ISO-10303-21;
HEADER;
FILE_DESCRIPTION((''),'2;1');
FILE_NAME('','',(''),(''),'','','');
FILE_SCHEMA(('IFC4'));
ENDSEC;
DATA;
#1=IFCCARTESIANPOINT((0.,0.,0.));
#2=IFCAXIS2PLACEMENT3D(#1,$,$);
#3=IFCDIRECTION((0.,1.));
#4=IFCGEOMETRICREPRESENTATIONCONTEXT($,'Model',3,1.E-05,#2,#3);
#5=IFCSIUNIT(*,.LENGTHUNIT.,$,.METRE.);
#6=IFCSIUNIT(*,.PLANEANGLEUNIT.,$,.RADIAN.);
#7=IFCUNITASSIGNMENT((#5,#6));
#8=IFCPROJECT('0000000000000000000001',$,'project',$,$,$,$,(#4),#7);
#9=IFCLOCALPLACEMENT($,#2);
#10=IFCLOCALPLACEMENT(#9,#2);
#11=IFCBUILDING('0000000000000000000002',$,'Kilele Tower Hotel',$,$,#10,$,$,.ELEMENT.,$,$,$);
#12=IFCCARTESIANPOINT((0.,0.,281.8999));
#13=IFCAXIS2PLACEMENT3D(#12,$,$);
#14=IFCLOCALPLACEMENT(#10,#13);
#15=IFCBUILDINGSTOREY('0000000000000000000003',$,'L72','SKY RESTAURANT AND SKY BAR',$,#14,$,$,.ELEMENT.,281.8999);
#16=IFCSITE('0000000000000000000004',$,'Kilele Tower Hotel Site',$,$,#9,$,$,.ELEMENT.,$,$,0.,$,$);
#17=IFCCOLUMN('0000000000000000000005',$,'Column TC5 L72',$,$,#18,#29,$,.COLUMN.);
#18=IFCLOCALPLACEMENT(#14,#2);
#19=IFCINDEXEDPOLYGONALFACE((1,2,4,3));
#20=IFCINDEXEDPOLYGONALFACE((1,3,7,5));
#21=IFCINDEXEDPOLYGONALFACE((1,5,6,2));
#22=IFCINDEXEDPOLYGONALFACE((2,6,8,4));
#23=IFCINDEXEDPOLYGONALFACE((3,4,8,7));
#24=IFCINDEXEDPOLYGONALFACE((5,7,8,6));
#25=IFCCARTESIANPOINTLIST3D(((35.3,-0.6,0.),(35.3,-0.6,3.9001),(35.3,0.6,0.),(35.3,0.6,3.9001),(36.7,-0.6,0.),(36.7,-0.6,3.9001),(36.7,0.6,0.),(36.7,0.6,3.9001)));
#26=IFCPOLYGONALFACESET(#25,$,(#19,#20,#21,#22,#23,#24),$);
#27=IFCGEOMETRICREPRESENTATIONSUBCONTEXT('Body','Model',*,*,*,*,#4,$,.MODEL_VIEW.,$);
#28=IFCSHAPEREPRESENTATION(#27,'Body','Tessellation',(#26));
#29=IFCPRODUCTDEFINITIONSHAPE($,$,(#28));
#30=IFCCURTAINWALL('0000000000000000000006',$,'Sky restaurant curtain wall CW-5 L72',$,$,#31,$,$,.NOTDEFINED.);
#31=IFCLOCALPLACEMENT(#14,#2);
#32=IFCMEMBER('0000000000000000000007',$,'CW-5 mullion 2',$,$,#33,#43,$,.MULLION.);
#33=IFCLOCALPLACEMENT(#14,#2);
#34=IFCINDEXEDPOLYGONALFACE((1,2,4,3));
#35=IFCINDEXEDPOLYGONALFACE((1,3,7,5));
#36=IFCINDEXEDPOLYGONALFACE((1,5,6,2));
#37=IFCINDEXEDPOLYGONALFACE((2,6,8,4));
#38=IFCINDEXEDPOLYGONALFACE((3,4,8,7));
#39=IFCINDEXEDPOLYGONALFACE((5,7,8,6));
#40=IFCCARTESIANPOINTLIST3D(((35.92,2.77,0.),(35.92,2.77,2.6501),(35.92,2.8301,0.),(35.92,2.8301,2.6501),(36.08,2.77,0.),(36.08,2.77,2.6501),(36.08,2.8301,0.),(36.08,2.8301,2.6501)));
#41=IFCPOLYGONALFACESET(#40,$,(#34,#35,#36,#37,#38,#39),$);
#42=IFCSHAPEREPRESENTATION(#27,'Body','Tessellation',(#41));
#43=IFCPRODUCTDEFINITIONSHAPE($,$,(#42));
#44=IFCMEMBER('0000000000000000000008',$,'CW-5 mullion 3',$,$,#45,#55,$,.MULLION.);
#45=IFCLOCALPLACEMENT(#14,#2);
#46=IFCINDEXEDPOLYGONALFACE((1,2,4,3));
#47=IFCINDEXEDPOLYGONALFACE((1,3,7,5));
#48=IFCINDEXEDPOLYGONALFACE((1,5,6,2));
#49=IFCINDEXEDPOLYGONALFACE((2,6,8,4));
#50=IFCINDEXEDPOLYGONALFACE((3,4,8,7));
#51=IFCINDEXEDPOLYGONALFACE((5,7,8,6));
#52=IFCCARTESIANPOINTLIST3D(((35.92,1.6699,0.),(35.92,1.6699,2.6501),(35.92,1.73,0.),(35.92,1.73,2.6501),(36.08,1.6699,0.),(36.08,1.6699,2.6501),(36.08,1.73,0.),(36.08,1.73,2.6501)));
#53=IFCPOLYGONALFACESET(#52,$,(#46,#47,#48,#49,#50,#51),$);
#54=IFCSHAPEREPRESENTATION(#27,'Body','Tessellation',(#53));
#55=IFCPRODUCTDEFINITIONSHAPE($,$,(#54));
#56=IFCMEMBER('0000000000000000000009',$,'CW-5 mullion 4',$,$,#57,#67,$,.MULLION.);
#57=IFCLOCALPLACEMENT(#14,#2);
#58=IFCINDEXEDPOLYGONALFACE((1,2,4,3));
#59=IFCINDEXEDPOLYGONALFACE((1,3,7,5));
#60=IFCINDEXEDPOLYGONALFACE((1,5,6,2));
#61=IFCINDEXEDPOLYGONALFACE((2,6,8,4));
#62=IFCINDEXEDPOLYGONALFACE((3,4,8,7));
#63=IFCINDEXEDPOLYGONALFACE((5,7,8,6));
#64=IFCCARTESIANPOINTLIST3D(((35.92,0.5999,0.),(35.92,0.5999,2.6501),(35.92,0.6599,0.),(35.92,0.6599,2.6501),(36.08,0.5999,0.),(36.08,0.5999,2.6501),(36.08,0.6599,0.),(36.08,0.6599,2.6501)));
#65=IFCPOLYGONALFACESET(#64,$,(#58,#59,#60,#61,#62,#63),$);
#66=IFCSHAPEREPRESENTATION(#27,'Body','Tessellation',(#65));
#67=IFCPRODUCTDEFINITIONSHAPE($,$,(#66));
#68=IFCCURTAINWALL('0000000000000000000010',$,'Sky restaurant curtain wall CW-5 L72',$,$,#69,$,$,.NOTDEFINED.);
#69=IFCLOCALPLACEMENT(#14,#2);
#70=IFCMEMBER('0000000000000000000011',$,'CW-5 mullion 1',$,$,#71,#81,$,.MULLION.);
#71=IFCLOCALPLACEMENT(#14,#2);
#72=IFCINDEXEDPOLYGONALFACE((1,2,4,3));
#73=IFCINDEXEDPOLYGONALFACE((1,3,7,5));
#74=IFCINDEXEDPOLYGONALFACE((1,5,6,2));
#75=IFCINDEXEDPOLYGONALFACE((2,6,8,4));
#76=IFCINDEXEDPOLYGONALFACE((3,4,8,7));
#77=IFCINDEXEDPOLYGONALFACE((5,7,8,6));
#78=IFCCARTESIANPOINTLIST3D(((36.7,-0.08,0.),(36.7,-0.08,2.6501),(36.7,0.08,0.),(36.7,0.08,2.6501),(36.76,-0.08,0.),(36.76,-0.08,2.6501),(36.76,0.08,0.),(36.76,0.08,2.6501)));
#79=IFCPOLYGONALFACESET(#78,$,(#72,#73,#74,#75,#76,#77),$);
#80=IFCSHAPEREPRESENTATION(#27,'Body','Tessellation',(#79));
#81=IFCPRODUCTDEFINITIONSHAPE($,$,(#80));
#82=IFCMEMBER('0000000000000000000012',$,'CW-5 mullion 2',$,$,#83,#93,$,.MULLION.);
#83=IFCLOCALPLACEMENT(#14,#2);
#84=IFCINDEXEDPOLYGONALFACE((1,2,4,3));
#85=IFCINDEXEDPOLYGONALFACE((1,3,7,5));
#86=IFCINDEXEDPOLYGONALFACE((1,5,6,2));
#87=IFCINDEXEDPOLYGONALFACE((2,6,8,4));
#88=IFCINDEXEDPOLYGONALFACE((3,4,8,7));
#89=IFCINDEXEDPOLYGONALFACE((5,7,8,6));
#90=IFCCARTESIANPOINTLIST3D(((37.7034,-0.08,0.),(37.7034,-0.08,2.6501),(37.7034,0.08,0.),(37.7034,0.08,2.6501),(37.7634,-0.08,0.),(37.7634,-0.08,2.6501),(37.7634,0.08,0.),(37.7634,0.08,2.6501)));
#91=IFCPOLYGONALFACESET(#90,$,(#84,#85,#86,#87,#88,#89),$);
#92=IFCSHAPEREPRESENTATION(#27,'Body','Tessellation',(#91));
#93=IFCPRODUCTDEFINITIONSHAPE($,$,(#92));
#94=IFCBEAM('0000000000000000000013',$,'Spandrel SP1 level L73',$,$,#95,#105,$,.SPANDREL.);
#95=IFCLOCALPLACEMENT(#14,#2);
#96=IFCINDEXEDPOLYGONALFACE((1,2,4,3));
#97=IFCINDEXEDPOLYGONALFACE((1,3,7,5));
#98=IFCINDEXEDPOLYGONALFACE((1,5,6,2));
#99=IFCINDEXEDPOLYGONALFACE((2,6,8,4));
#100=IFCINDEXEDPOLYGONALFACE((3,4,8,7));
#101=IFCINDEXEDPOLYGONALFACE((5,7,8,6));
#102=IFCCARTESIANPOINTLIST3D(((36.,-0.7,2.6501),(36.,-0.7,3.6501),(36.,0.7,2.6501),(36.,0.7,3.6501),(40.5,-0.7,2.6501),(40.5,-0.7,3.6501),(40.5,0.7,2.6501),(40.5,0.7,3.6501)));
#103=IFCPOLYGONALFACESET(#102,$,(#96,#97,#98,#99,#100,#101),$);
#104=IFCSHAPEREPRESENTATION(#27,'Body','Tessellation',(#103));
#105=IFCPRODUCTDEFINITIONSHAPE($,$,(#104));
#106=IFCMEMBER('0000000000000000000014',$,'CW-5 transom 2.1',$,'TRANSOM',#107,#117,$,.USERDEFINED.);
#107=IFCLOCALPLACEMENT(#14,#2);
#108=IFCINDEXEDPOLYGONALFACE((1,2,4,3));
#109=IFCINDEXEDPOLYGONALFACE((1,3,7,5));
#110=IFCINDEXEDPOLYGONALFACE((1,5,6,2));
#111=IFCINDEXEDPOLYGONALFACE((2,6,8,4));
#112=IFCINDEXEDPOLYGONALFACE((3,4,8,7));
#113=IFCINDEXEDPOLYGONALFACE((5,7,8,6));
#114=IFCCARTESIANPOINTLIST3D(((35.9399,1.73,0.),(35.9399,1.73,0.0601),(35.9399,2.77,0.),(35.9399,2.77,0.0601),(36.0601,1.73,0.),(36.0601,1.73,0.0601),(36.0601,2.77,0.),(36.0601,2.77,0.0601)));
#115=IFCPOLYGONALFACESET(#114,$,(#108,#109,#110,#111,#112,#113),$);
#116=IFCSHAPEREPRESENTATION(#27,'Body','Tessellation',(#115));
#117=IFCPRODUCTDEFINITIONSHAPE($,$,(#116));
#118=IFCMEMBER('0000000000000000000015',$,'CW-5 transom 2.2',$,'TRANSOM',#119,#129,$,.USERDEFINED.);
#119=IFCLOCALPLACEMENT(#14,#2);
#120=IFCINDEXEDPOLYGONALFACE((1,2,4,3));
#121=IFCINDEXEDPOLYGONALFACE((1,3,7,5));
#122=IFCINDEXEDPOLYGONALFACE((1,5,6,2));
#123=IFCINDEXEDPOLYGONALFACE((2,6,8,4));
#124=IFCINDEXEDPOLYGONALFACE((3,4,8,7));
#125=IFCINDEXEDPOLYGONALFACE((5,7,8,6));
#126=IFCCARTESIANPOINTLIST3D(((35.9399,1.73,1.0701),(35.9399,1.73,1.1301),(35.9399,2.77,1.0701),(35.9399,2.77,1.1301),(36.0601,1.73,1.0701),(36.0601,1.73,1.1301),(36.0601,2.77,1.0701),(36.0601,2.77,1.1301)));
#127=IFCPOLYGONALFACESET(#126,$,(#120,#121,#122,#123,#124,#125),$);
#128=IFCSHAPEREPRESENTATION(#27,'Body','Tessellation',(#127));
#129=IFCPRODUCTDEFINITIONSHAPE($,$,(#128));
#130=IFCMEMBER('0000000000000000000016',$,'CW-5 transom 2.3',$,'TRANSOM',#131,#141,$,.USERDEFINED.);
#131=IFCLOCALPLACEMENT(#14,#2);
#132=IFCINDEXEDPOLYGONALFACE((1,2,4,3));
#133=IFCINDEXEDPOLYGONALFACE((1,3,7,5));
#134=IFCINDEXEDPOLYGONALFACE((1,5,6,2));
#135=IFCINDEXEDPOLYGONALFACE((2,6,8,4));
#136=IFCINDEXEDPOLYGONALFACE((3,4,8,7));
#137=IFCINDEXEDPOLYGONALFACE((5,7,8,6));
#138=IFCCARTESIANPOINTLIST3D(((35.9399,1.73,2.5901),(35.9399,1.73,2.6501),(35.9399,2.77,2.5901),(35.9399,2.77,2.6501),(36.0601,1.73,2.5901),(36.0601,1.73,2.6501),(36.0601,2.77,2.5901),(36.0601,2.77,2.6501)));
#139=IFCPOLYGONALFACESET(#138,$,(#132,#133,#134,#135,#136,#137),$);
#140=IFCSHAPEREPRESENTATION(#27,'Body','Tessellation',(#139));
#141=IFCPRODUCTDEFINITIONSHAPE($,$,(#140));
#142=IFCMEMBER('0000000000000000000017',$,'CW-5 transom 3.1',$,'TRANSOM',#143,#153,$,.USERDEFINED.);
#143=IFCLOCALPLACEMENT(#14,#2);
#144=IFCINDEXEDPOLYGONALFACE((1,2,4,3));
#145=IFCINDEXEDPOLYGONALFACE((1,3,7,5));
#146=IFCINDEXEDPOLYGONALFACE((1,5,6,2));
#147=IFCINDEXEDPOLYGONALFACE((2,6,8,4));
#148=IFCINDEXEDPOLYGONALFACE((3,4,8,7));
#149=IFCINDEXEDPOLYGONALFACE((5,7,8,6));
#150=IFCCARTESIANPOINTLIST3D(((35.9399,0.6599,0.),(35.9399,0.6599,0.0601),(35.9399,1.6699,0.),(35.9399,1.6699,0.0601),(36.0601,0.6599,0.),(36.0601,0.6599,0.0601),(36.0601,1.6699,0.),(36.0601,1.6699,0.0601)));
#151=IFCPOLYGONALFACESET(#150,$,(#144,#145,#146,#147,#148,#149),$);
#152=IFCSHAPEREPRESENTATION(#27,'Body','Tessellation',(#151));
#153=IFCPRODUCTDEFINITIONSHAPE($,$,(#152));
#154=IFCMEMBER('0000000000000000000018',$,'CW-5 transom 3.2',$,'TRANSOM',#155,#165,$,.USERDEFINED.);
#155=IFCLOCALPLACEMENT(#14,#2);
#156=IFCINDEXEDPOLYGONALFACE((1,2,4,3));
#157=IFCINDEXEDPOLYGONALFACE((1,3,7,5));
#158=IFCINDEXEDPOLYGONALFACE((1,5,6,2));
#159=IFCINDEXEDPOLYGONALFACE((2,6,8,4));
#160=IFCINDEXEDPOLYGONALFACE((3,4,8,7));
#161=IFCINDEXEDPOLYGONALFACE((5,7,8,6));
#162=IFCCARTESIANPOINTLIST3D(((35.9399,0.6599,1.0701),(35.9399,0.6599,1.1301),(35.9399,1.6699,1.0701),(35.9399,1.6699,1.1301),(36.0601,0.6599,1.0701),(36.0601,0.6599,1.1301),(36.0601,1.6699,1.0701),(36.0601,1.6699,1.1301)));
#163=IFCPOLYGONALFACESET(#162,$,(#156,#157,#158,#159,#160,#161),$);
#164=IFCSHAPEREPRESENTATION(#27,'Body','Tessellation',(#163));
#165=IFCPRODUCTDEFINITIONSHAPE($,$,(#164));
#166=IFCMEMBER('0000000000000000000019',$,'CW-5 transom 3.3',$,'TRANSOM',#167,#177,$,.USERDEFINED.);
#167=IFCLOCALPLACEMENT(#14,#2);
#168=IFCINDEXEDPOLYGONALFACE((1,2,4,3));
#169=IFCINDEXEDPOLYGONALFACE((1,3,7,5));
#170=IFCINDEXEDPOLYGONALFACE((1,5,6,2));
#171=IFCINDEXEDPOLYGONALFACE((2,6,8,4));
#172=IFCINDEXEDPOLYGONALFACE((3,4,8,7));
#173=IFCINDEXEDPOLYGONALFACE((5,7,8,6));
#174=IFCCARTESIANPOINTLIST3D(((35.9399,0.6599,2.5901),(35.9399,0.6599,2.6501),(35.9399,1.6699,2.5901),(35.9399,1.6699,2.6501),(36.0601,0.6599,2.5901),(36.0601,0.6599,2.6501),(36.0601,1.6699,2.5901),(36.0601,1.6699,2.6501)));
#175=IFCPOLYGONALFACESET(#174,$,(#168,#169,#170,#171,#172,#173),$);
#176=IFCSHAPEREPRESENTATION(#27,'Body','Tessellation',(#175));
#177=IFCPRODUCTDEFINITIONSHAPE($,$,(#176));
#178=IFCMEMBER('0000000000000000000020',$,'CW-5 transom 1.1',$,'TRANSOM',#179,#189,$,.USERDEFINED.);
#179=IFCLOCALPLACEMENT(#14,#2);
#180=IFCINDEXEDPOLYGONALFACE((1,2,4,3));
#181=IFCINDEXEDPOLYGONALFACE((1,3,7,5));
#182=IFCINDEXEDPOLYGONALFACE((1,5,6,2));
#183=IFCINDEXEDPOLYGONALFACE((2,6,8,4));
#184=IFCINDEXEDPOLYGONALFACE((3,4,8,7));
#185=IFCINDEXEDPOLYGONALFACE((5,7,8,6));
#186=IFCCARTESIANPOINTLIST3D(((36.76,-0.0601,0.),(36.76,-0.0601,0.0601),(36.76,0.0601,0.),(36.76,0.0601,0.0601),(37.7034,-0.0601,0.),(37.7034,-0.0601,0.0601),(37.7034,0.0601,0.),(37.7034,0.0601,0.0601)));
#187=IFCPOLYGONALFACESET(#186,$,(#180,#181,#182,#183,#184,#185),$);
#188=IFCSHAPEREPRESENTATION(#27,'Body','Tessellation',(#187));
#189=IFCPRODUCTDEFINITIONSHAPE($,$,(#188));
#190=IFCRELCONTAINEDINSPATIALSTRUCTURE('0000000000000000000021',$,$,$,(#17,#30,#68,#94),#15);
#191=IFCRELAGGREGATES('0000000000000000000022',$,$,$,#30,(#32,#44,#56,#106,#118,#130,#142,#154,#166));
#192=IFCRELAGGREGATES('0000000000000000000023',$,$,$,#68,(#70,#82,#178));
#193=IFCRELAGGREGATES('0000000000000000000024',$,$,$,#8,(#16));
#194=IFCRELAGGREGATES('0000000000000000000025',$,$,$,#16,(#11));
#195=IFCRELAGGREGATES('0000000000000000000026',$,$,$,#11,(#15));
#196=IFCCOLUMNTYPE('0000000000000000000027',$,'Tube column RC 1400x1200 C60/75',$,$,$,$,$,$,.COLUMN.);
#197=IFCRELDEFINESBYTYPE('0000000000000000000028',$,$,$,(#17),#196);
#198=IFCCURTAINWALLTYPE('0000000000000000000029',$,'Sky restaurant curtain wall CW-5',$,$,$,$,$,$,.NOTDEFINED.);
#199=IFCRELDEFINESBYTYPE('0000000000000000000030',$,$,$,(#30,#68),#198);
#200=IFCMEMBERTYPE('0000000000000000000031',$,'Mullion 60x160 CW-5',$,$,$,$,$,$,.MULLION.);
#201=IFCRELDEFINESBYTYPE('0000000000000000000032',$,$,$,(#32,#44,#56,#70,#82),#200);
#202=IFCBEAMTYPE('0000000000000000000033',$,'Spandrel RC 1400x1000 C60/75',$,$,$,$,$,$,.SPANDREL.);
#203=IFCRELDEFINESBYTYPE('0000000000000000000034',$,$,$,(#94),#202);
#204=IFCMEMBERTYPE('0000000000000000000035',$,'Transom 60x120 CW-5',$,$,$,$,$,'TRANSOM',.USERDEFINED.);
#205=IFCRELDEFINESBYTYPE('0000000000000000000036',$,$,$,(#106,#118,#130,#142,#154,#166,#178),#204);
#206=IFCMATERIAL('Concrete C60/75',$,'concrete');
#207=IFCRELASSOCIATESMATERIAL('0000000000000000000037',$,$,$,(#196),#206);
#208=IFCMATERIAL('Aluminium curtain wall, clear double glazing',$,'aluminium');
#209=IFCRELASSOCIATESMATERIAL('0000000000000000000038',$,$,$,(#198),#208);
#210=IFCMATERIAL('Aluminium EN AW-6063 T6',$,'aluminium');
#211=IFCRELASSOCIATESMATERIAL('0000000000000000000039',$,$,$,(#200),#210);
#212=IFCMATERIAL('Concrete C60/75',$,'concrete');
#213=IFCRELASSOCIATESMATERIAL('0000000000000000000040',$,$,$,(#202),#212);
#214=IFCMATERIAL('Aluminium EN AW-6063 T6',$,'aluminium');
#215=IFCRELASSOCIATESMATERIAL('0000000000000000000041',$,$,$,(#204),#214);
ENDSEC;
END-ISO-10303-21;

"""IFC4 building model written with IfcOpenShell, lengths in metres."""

from ifc_helpers import new_model, si_unit, direction, frame, origin, origin_2d, place, context, subcontext, project, spatial, rectangle, extrude, material, material_profile, profile_set, type_object, element, aggregate, save


model = new_model("IFC4")

# Units and contexts
model_context = context("Model", 3, precision=1e-05, world=origin(), true_north=direction((0.0, 1.0)))
body_context = subcontext(model_context, "Body", "Model", "MODEL_VIEW")
ifc_project = project(units=[si_unit("LENGTHUNIT", "METRE"), si_unit("PLANEANGLEUNIT", "RADIAN")], contexts=[model_context])

# Site, building, storey
site_placement = place(None, origin())
site = spatial("IfcSite", under=ifc_project, at=site_placement, Name="Kilele Tower Hotel Site", CompositionType="ELEMENT", RefElevation=0.0)
building_placement = place(site_placement, origin())
building = spatial("IfcBuilding", under=site, at=building_placement, Name="Kilele Tower Hotel", CompositionType="ELEMENT")
storey_placement = place(building_placement, frame((0.0, 0.0, 281.8999)))
storey = spatial("IfcBuildingStorey", under=building, at=storey_placement, Name="L72", Description="SKY RESTAURANT AND SKY BAR", CompositionType="ELEMENT", Elevation=281.8999)

# Column
ifc_material_1 = material(Name="Concrete C60/75", Category="concrete")
ifc_material_profile_1 = material_profile(ifc_material_1, rectangle(XDim=1.3999, YDim=1.2, at=origin_2d()))
ifc_profile_set_1 = profile_set([ifc_material_profile_1], Name="Concrete C60/75")
column_type = type_object("IfcColumnType", Name="Tube column RC 1400x1200 C60/75", PredefinedType="COLUMN", material=ifc_profile_set_1)
column_placement = place(storey_placement, frame((36.0, 0.0, 0.0), z_axis=(0.0, 0.0, 1.0), x_axis=(1.0, 0.0, 0.0)))
element("IfcColumn", 1, at=column_placement, inside=storey, type_object=column_type, Name="Column TC5 L72", PredefinedType="COLUMN", context=body_context, shape_type="SweptSolid", body=[
    extrude(rectangle(XDim=1.3999, YDim=1.2, at=origin_2d()), origin(), (0.0, 0.0, 1.0), 3.9001),
])

# Curtain walls, members
ifc_material_2 = material(Name="Aluminium curtain wall, clear double glazing", Category="aluminium")
curtain_wall_type = type_object("IfcCurtainWallType", Name="Sky restaurant curtain wall CW-5", PredefinedType="NOTDEFINED", material=ifc_material_2)
curtain_wall_1_placement = place(storey_placement, origin())
curtain_wall_1 = element("IfcCurtainWall", 2, at=curtain_wall_1_placement, inside=storey, type_object=curtain_wall_type, Name="Sky restaurant curtain wall CW-5 L72", PredefinedType="NOTDEFINED")
ifc_material_3 = material(Name="Aluminium EN AW-6063 T6", Category="aluminium")
ifc_material_profile_2 = material_profile(ifc_material_3, rectangle(XDim=0.1599, YDim=0.0601, at=origin_2d()))
ifc_profile_set_2 = profile_set([ifc_material_profile_2], Name="Aluminium EN AW-6063 T6")
member_type_1 = type_object("IfcMemberType", Name="Mullion 60x160 CW-5", PredefinedType="MULLION", material=ifc_profile_set_2)
member_1_placement = place(storey_placement, frame((36.0, 2.8, 0.0), z_axis=(0.0, 0.0, 1.0), x_axis=(1.0, 0.0, 0.0)))
member_1 = element("IfcMember", 3, at=member_1_placement, type_object=member_type_1, Name="CW-5 mullion 2", PredefinedType="MULLION", context=body_context, shape_type="SweptSolid", body=[
    extrude(rectangle(XDim=0.1599, YDim=0.0601, at=origin_2d()), origin(), (0.0, 0.0, 1.0), 2.6501),
])
member_2_placement = place(storey_placement, frame((36.0, 1.7, 0.0), z_axis=(0.0, 0.0, 1.0), x_axis=(1.0, 0.0, 0.0)))
member_2 = element("IfcMember", 4, at=member_2_placement, type_object=member_type_1, Name="CW-5 mullion 3", PredefinedType="MULLION", context=body_context, shape_type="SweptSolid", body=[
    extrude(rectangle(XDim=0.1599, YDim=0.0601, at=origin_2d()), origin(), (0.0, 0.0, 1.0), 2.6501),
])
member_3_placement = place(storey_placement, frame((36.0, 0.6299, 0.0), z_axis=(0.0, 0.0, 1.0), x_axis=(1.0, 0.0, 0.0)))
member_3 = element("IfcMember", 5, at=member_3_placement, type_object=member_type_1, Name="CW-5 mullion 4", PredefinedType="MULLION", context=body_context, shape_type="SweptSolid", body=[
    extrude(rectangle(XDim=0.1599, YDim=0.0601, at=origin_2d()), origin(), (0.0, 0.0, 1.0), 2.6501),
])
curtain_wall_2_placement = place(storey_placement, origin())
curtain_wall_2 = element("IfcCurtainWall", 6, at=curtain_wall_2_placement, inside=storey, type_object=curtain_wall_type, Name="Sky restaurant curtain wall CW-5 L72", PredefinedType="NOTDEFINED")
member_4_placement = place(storey_placement, frame((36.73, 0.0, 0.0), z_axis=(0.0, 0.0, 1.0), x_axis=(0.0, 1.0, 0.0)))
member_4 = element("IfcMember", 7, at=member_4_placement, type_object=member_type_1, Name="CW-5 mullion 1", PredefinedType="MULLION", context=body_context, shape_type="SweptSolid", body=[
    extrude(rectangle(XDim=0.1599, YDim=0.0601, at=origin_2d()), origin(), (0.0, 0.0, 1.0), 2.6501),
])
member_5_placement = place(storey_placement, frame((37.7334, 0.0, 0.0), z_axis=(0.0, 0.0, 1.0), x_axis=(0.0, 1.0, 0.0)))
member_5 = element("IfcMember", 8, at=member_5_placement, type_object=member_type_1, Name="CW-5 mullion 2", PredefinedType="MULLION", context=body_context, shape_type="SweptSolid", body=[
    extrude(rectangle(XDim=0.1599, YDim=0.0601, at=origin_2d()), origin(), (0.0, 0.0, 1.0), 2.6501),
])

# Beam
ifc_material_4 = material(Name="Concrete C60/75", Category="concrete")
ifc_material_profile_3 = material_profile(ifc_material_4, rectangle(XDim=1.3999, YDim=1.0, at=origin_2d()))
ifc_profile_set_3 = profile_set([ifc_material_profile_3], Name="Concrete C60/75")
beam_type = type_object("IfcBeamType", Name="Spandrel RC 1400x1000 C60/75", PredefinedType="SPANDREL", material=ifc_profile_set_3)
beam_placement = place(storey_placement, frame((36.0, 0.0, 3.1501), z_axis=(1.0, 0.0, 0.0), x_axis=(0.0, 1.0, 0.0)))
element("IfcBeam", 9, at=beam_placement, inside=storey, type_object=beam_type, Name="Spandrel SP1 level L73", PredefinedType="SPANDREL", context=body_context, shape_type="SweptSolid", body=[
    extrude(rectangle(XDim=1.3999, YDim=1.0, at=origin_2d()), origin(), (0.0, 0.0, 1.0), 4.5),
])

# Members
ifc_material_5 = material(Name="Aluminium EN AW-6063 T6", Category="aluminium")
ifc_material_profile_4 = material_profile(ifc_material_5, rectangle(XDim=0.1201, YDim=0.0601, at=origin_2d()))
ifc_profile_set_4 = profile_set([ifc_material_profile_4], Name="Aluminium EN AW-6063 T6")
member_type_2 = type_object("IfcMemberType", Name="Transom 60x120 CW-5", ElementType="TRANSOM", PredefinedType="USERDEFINED", material=ifc_profile_set_4)
member_6_placement = place(storey_placement, frame((36.0, 2.77, 0.03), z_axis=(0.0, -1.0, 0.0), x_axis=(1.0, 0.0, 0.0)))
member_6 = element("IfcMember", 10, at=member_6_placement, type_object=member_type_2, Name="CW-5 transom 2.1", ObjectType="TRANSOM", PredefinedType="USERDEFINED", context=body_context, shape_type="SweptSolid", body=[
    extrude(rectangle(XDim=0.1201, YDim=0.0601, at=origin_2d()), origin(), (0.0, 0.0, 1.0), 1.04),
])
member_7_placement = place(storey_placement, frame((36.0, 2.77, 1.1001), z_axis=(0.0, -1.0, 0.0), x_axis=(1.0, 0.0, 0.0)))
member_7 = element("IfcMember", 11, at=member_7_placement, type_object=member_type_2, Name="CW-5 transom 2.2", ObjectType="TRANSOM", PredefinedType="USERDEFINED", context=body_context, shape_type="SweptSolid", body=[
    extrude(rectangle(XDim=0.1201, YDim=0.0601, at=origin_2d()), origin(), (0.0, 0.0, 1.0), 1.04),
])
member_8_placement = place(storey_placement, frame((36.0, 2.77, 2.6201), z_axis=(0.0, -1.0, 0.0), x_axis=(1.0, 0.0, 0.0)))
member_8 = element("IfcMember", 12, at=member_8_placement, type_object=member_type_2, Name="CW-5 transom 2.3", ObjectType="TRANSOM", PredefinedType="USERDEFINED", context=body_context, shape_type="SweptSolid", body=[
    extrude(rectangle(XDim=0.1201, YDim=0.0601, at=origin_2d()), origin(), (0.0, 0.0, 1.0), 1.04),
])
member_9_placement = place(storey_placement, frame((36.0, 1.6699, 0.03), z_axis=(0.0, -1.0, 0.0), x_axis=(1.0, 0.0, 0.0)))
member_9 = element("IfcMember", 13, at=member_9_placement, type_object=member_type_2, Name="CW-5 transom 3.1", ObjectType="TRANSOM", PredefinedType="USERDEFINED", context=body_context, shape_type="SweptSolid", body=[
    extrude(rectangle(XDim=0.1201, YDim=0.0601, at=origin_2d()), origin(), (0.0, 0.0, 1.0), 1.01),
])
member_10_placement = place(storey_placement, frame((36.0, 1.6699, 1.1001), z_axis=(0.0, -1.0, 0.0), x_axis=(1.0, 0.0, 0.0)))
member_10 = element("IfcMember", 14, at=member_10_placement, type_object=member_type_2, Name="CW-5 transom 3.2", ObjectType="TRANSOM", PredefinedType="USERDEFINED", context=body_context, shape_type="SweptSolid", body=[
    extrude(rectangle(XDim=0.1201, YDim=0.0601, at=origin_2d()), origin(), (0.0, 0.0, 1.0), 1.01),
])
member_11_placement = place(storey_placement, frame((36.0, 1.6699, 2.6201), z_axis=(0.0, -1.0, 0.0), x_axis=(1.0, 0.0, 0.0)))
member_11 = element("IfcMember", 15, at=member_11_placement, type_object=member_type_2, Name="CW-5 transom 3.3", ObjectType="TRANSOM", PredefinedType="USERDEFINED", context=body_context, shape_type="SweptSolid", body=[
    extrude(rectangle(XDim=0.1201, YDim=0.0601, at=origin_2d()), origin(), (0.0, 0.0, 1.0), 1.01),
])
member_12_placement = place(storey_placement, frame((36.76, 0.0, 0.03), z_axis=(1.0, 0.0, 0.0), x_axis=(0.0, 1.0, 0.0)))
member_12 = element("IfcMember", 16, at=member_12_placement, type_object=member_type_2, Name="CW-5 transom 1.1", ObjectType="TRANSOM", PredefinedType="USERDEFINED", context=body_context, shape_type="SweptSolid", body=[
    extrude(rectangle(XDim=0.1201, YDim=0.0601, at=origin_2d()), origin(), (0.0, 0.0, 1.0), 0.9434),
])

aggregate(curtain_wall_1, [member_1, member_2, member_3, member_6, member_7, member_8, member_9, member_10, member_11])
aggregate(curtain_wall_2, [member_4, member_5, member_12])

save(model, "model.ifc")
